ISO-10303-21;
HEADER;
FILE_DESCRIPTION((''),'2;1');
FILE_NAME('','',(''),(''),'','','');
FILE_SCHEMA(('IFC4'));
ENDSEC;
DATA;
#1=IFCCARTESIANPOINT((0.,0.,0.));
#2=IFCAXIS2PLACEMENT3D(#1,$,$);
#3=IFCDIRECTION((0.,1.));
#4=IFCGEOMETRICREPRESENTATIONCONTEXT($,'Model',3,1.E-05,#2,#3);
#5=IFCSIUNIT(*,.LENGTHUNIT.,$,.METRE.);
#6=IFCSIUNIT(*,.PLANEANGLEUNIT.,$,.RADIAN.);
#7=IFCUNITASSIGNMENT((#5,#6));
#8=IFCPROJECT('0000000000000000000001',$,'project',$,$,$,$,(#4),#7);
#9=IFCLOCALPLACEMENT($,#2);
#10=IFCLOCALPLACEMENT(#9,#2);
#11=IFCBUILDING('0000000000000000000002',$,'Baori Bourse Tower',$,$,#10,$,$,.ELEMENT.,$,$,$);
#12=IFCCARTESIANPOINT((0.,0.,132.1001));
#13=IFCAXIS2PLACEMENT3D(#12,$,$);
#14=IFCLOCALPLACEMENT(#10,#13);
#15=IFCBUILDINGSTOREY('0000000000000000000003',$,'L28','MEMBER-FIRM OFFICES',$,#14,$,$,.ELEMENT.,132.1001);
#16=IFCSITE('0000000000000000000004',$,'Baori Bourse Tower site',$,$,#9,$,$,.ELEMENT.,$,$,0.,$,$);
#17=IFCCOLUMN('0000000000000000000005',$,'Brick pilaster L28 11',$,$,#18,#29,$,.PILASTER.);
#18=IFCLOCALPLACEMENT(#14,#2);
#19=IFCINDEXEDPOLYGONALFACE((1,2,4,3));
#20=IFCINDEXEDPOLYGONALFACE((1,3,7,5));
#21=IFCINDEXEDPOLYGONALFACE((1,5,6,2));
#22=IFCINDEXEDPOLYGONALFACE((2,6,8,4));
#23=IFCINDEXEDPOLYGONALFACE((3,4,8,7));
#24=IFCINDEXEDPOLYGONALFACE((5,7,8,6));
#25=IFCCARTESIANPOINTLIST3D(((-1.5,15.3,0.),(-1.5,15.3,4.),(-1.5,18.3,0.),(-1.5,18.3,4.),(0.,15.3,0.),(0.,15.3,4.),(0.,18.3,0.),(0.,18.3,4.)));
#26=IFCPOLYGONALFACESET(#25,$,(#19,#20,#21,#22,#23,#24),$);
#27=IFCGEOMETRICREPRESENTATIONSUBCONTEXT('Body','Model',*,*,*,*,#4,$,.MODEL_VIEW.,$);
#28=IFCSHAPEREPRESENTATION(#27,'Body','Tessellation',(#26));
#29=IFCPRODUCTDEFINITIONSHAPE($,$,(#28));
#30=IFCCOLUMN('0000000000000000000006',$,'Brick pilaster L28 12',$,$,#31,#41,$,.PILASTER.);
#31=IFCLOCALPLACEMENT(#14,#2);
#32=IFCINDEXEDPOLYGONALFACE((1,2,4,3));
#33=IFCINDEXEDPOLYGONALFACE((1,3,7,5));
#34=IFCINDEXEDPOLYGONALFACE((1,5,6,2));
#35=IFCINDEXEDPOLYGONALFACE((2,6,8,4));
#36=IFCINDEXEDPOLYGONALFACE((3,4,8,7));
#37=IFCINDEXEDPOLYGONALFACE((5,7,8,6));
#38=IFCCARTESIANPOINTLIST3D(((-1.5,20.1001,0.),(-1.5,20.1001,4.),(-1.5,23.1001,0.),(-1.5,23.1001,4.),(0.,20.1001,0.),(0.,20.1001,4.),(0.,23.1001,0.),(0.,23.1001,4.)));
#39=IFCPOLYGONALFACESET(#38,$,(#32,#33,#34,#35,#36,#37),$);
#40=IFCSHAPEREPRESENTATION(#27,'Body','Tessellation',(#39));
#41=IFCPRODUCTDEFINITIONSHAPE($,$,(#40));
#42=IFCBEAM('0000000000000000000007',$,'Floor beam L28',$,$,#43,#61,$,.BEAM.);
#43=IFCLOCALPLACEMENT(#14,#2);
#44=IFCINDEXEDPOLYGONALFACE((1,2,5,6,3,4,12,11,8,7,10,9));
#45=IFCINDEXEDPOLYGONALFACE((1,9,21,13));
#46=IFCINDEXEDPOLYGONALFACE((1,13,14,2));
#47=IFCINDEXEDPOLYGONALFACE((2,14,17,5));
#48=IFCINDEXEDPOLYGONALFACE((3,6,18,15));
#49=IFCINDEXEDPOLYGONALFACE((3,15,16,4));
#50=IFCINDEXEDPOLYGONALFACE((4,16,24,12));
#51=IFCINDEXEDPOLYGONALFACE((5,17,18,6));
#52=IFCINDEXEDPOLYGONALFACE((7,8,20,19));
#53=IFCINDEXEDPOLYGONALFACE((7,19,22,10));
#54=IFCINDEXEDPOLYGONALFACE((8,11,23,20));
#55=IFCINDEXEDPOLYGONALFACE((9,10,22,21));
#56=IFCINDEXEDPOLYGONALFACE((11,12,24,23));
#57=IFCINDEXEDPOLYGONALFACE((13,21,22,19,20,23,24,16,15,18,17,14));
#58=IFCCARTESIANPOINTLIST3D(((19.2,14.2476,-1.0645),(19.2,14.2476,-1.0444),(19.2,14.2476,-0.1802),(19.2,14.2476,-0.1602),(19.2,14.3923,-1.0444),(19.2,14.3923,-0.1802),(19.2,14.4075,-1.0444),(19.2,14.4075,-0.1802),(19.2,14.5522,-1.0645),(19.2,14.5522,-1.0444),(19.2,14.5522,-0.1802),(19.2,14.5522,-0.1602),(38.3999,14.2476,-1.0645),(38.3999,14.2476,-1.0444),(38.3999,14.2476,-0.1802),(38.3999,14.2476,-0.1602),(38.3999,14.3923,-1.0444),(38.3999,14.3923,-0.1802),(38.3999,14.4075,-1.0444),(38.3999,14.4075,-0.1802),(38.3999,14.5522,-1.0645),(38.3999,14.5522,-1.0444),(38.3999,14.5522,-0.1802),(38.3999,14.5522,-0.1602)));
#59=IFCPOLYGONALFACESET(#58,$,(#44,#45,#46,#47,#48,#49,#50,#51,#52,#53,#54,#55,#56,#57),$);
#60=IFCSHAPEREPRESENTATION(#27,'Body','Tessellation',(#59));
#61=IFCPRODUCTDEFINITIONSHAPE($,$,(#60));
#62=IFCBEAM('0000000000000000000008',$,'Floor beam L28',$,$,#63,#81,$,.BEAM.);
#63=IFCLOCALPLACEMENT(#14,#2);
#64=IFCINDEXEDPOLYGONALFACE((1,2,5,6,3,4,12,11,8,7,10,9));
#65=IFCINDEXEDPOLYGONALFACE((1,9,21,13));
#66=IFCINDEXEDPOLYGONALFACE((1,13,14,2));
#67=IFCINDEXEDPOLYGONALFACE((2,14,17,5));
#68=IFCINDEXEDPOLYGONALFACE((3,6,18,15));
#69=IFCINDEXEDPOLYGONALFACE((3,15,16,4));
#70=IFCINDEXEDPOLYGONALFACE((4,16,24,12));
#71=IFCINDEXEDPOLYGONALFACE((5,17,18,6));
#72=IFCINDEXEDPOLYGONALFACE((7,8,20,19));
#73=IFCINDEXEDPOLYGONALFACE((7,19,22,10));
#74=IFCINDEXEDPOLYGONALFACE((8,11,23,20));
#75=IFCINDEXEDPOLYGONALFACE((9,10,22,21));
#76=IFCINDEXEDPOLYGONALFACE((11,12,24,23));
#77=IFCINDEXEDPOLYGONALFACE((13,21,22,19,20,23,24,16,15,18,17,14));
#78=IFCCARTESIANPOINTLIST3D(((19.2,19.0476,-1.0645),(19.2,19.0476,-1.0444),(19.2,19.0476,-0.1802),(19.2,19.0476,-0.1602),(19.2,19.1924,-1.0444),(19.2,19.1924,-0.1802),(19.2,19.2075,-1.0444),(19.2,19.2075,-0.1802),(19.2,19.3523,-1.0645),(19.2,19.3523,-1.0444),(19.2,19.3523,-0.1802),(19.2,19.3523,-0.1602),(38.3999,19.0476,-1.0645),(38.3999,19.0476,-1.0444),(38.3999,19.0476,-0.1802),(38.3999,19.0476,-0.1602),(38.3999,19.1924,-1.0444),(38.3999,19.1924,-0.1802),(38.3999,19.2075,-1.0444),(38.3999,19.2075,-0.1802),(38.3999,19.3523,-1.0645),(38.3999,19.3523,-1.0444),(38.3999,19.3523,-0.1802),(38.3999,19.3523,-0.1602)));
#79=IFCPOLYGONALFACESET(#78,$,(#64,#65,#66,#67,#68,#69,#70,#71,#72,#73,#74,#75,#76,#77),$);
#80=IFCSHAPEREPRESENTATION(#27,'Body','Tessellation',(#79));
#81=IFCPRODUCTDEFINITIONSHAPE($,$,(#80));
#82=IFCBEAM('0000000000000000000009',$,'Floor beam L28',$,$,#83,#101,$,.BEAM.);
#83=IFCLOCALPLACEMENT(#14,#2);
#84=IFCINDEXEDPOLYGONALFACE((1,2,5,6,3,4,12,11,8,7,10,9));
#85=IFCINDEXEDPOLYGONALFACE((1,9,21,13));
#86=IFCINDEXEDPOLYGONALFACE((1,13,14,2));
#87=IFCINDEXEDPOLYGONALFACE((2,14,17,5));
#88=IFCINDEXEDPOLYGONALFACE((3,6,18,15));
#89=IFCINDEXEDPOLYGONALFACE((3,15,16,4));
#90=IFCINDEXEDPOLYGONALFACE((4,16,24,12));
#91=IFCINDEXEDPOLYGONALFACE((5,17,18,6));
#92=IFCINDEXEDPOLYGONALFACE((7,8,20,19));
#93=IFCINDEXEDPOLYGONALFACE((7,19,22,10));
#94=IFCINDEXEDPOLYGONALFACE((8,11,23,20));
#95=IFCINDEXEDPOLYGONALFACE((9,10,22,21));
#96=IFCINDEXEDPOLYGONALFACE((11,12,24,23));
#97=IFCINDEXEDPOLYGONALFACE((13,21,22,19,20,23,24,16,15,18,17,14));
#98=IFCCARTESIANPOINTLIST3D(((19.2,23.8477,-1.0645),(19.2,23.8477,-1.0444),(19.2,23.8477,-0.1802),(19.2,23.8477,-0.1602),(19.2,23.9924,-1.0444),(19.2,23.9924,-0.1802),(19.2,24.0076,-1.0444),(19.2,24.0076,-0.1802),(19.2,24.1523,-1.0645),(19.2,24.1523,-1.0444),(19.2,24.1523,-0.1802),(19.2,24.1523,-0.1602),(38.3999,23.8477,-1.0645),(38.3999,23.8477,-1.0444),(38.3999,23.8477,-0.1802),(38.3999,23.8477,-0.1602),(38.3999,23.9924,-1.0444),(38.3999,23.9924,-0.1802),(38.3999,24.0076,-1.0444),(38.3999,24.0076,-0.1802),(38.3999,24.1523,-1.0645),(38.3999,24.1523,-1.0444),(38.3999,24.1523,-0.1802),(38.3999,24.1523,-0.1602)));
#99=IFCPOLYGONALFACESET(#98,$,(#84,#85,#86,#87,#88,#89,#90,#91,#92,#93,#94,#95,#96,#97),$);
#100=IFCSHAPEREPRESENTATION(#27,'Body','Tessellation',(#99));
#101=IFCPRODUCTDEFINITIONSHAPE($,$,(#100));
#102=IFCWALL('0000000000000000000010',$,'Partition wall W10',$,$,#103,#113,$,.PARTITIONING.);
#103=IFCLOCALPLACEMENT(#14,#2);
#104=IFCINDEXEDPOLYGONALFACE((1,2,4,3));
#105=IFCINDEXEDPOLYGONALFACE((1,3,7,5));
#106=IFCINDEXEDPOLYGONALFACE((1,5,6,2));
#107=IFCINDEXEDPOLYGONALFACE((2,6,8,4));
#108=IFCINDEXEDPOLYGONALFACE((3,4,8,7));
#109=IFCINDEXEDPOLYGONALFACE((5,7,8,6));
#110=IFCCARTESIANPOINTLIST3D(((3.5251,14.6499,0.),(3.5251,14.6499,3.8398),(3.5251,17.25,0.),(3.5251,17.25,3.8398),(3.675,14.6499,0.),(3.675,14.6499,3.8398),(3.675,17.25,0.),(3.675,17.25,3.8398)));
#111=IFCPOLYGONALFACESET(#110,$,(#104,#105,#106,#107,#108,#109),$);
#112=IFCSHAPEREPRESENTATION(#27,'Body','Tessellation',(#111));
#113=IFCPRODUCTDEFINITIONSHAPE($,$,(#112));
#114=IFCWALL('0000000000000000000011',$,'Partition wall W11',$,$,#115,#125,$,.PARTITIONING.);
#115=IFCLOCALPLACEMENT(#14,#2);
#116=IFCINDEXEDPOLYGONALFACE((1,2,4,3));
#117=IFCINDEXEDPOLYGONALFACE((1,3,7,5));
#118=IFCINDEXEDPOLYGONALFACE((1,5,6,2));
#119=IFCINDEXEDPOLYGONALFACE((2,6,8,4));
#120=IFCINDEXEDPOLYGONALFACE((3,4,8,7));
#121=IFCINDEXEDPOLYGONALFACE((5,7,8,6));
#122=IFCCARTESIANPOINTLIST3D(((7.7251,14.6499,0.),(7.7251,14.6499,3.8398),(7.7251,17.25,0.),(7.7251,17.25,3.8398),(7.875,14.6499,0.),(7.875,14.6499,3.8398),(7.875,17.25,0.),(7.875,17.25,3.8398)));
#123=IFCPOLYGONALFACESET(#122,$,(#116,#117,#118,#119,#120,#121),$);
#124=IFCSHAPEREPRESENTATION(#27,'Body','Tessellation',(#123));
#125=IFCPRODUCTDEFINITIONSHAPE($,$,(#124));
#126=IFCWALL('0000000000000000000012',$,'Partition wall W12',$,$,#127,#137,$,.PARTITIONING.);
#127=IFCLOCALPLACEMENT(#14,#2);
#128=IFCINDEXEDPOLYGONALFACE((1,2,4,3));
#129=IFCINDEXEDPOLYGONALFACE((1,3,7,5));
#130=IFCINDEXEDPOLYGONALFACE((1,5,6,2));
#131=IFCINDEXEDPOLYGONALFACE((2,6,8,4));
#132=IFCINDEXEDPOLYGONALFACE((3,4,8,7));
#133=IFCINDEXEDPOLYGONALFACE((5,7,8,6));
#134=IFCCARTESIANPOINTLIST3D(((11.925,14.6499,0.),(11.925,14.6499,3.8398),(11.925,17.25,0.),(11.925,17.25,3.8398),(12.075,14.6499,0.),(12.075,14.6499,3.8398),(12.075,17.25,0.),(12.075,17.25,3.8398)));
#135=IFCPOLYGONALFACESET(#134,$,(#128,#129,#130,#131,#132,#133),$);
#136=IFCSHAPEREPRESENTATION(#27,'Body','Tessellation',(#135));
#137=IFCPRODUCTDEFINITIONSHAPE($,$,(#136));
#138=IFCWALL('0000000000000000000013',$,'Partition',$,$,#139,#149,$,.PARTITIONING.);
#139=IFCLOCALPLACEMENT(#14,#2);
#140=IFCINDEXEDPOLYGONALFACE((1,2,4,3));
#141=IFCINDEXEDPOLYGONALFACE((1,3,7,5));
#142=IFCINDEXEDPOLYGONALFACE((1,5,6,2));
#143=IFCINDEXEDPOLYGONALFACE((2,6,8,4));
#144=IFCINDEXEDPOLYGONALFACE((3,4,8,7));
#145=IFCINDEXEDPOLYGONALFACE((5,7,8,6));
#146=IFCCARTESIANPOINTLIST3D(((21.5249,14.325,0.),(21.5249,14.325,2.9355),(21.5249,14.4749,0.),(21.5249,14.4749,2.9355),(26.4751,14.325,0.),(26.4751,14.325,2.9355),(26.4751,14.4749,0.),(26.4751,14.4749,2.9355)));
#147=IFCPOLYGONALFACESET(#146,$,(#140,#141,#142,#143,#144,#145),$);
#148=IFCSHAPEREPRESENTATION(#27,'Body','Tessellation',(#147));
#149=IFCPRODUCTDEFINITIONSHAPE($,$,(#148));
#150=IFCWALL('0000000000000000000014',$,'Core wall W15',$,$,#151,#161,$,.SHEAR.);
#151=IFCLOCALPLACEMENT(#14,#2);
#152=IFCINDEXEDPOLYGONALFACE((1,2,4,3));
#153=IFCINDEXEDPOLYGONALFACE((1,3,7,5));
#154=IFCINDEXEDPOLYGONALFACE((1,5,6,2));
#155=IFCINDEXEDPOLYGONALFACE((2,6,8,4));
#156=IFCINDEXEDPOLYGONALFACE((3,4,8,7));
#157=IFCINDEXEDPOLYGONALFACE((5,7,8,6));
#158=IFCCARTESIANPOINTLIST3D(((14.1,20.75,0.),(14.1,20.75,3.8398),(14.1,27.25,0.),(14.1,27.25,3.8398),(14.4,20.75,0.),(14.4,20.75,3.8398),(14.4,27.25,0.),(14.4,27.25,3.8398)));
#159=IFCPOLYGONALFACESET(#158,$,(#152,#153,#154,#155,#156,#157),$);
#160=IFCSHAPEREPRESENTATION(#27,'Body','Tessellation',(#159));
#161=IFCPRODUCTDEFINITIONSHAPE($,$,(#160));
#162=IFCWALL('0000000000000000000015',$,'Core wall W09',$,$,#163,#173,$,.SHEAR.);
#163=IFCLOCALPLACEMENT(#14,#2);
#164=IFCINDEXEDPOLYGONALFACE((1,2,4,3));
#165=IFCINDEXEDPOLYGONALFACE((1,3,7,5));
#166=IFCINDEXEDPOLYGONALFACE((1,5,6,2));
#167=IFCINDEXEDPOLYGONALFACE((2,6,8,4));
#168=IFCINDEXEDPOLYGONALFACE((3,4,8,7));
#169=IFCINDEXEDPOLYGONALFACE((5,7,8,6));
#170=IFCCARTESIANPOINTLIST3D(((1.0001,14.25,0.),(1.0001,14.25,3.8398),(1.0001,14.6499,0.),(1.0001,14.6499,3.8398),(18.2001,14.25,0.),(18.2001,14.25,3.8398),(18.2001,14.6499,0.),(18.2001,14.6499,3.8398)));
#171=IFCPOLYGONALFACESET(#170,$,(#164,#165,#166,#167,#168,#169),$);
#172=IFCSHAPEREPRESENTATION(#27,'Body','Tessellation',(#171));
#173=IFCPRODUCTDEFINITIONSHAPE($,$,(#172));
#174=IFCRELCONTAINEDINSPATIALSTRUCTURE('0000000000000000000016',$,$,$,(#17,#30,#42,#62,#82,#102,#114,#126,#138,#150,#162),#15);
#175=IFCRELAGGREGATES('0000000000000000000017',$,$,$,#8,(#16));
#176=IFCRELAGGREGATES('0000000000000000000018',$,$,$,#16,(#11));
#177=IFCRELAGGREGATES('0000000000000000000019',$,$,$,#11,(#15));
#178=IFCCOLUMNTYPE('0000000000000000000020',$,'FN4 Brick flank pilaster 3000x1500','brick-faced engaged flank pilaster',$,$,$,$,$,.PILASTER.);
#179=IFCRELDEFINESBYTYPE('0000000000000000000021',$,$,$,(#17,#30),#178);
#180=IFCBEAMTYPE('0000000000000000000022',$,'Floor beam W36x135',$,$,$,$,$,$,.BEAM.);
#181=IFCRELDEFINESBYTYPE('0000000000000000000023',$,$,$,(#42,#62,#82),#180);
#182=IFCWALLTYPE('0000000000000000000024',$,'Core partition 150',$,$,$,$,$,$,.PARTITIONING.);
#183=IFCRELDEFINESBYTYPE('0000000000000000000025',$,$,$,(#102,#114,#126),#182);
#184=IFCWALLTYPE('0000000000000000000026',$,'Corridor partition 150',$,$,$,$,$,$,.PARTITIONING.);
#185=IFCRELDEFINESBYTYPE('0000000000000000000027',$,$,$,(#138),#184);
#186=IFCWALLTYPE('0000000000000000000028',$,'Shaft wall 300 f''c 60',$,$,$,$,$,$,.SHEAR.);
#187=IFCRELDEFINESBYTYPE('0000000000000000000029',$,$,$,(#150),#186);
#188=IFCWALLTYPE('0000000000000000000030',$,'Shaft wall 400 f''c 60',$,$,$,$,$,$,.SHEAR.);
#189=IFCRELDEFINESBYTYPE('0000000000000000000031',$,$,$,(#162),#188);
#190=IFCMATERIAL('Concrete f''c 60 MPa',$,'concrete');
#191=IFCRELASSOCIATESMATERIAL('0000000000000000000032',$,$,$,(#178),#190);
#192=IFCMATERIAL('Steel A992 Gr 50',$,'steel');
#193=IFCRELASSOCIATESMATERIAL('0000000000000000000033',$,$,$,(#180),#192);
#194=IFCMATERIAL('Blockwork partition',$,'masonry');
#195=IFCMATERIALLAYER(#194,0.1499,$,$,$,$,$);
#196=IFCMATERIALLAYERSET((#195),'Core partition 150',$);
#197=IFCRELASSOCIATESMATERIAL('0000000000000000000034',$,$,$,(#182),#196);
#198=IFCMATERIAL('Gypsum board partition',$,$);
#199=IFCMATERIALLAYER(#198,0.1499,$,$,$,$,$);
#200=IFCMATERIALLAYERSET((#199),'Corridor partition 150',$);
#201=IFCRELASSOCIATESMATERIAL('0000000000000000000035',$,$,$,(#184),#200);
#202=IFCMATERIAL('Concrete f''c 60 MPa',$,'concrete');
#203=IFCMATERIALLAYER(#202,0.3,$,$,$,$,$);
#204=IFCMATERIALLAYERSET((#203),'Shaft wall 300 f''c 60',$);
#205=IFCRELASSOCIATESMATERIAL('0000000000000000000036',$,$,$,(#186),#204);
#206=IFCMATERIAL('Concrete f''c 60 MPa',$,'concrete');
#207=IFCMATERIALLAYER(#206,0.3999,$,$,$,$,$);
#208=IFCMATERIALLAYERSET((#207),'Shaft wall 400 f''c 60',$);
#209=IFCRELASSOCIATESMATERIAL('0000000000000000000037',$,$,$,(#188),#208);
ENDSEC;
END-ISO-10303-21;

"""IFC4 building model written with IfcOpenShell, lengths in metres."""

from ifc_helpers import new_model, si_unit, direction, frame, frame_2d, origin, origin_2d, place, context, subcontext, project, spatial, rectangle, i_section, extrude, material, layer, layer_set, material_profile, profile_set, type_object, element, save


model = new_model("IFC4")

# Units and contexts
model_context = context("Model", 3, precision=1e-05, world=origin(), true_north=direction((0.0, 1.0)))
body_context = subcontext(model_context, "Body", "Model", "MODEL_VIEW")
ifc_project = project(units=[si_unit("LENGTHUNIT", "METRE"), si_unit("PLANEANGLEUNIT", "RADIAN")], contexts=[model_context])

# Site, building, storey
site_placement = place(None, origin())
site = spatial("IfcSite", under=ifc_project, at=site_placement, Name="Baori Bourse Tower site", CompositionType="ELEMENT", RefElevation=0.0)
building_placement = place(site_placement, origin())
building = spatial("IfcBuilding", under=site, at=building_placement, Name="Baori Bourse Tower", CompositionType="ELEMENT")
storey_placement = place(building_placement, frame((0.0, 0.0, 132.1001)))
storey = spatial("IfcBuildingStorey", under=building, at=storey_placement, Name="L28", Description="MEMBER-FIRM OFFICES", CompositionType="ELEMENT", Elevation=132.1001)

# Columns
ifc_material_1 = material(Name="Concrete f'c 60 MPa", Category="concrete")
ifc_material_profile_1 = material_profile(ifc_material_1, rectangle(XDim=3.0, YDim=1.5, at=origin_2d()), Name="RC 3000x1500")
ifc_profile_set_1 = profile_set([ifc_material_profile_1], Name="Concrete f'c 60 MPa")
column_type = type_object("IfcColumnType", Name="FN4 Brick flank pilaster 3000x1500", Description="brick-faced engaged flank pilaster", PredefinedType="PILASTER", material=ifc_profile_set_1)
for number, where, z_axis, x_axis, name in (
    (1, (-0.75, 16.8, 0.0), (0.0, 0.0, 1.0), (0.0, 1.0, 0.0), "Brick pilaster L28 11"),
    (2, (-0.75, 21.6001, 0.0), (0.0, 0.0, 1.0), (0.0, 1.0, 0.0), "Brick pilaster L28 12"),
):
    element("IfcColumn", number, at=place(storey_placement, frame(where, z_axis=z_axis, x_axis=x_axis)), inside=storey, type_object=column_type, Name=name, PredefinedType="PILASTER", context=body_context, shape_type="SweptSolid", body=[
        extrude(rectangle(XDim=3.0, YDim=1.5, at=origin_2d()), origin(), (0.0, 0.0, 1.0), 4.0),
    ])

# Beams
ifc_material_2 = material(Name="Steel A992 Gr 50", Category="steel")
ifc_material_profile_2 = material_profile(ifc_material_2, i_section(OverallWidth=0.3047, OverallDepth=0.9043, WebThickness=0.0151, FlangeThickness=0.02, at=origin_2d()), Name="W36x135")
ifc_profile_set_2 = profile_set([ifc_material_profile_2], Name="Steel A992 Gr 50")
beam_type = type_object("IfcBeamType", Name="Floor beam W36x135", PredefinedType="BEAM", material=ifc_profile_set_2)
for number, where, z_axis, x_axis, name in (
    (3, (19.2, 14.3999, -0.6123), (1.0, 0.0, 0.0), (0.0, 1.0, 0.0), "Floor beam L28"),
    (4, (19.2, 19.2, -0.6123), (1.0, 0.0, 0.0), (0.0, 1.0, 0.0), "Floor beam L28"),
    (5, (19.2, 24.0, -0.6123), (1.0, 0.0, 0.0), (0.0, 1.0, 0.0), "Floor beam L28"),
):
    element("IfcBeam", number, at=place(storey_placement, frame(where, z_axis=z_axis, x_axis=x_axis)), inside=storey, type_object=beam_type, Name=name, PredefinedType="BEAM", context=body_context, shape_type="SweptSolid", body=[
        extrude(i_section(OverallWidth=0.3047, OverallDepth=0.9043, WebThickness=0.0151, FlangeThickness=0.02, at=origin_2d()), origin(), (0.0, 0.0, 1.0), 19.2),
    ])

# Walls
ifc_material_3 = material(Name="Blockwork partition", Category="masonry")
ifc_layer_1 = layer(ifc_material_3, 0.1499)
ifc_layer_set_1 = layer_set([ifc_layer_1], Name="Core partition 150")
wall_type_1 = type_object("IfcWallType", Name="Core partition 150", PredefinedType="PARTITIONING", material=ifc_layer_set_1)
for number, where, z_axis, x_axis, name in (
    (6, (3.6001, 14.6499, 0.0), (0.0, 0.0, 1.0), (0.0, 1.0, 0.0), "Partition wall W10"),
    (7, (7.8, 14.6499, 0.0), (0.0, 0.0, 1.0), (0.0, 1.0, 0.0), "Partition wall W11"),
    (8, (12.0, 14.6499, 0.0), (0.0, 0.0, 1.0), (0.0, 1.0, 0.0), "Partition wall W12"),
):
    element("IfcWall", number, at=place(storey_placement, frame(where, z_axis=z_axis, x_axis=x_axis)), inside=storey, type_object=wall_type_1, Name=name, PredefinedType="PARTITIONING", context=body_context, shape_type="SweptSolid", body=[
        extrude(rectangle(XDim=2.6001, YDim=0.1499, at=frame_2d((1.3, 0.0))), origin(), (0.0, 0.0, 1.0), 3.8398),
    ])
ifc_material_4 = material(Name="Gypsum board partition")
ifc_layer_2 = layer(ifc_material_4, 0.1499)
ifc_layer_set_2 = layer_set([ifc_layer_2], Name="Corridor partition 150")
wall_type_2 = type_object("IfcWallType", Name="Corridor partition 150", PredefinedType="PARTITIONING", material=ifc_layer_set_2)
wall_1_placement = place(storey_placement, frame((21.5249, 14.3999, 0.0), z_axis=(0.0, 0.0, 1.0), x_axis=(1.0, 0.0, 0.0)))
element("IfcWall", 9, at=wall_1_placement, inside=storey, type_object=wall_type_2, Name="Partition", PredefinedType="PARTITIONING", context=body_context, shape_type="SweptSolid", body=[
    extrude(rectangle(XDim=4.9502, YDim=0.1499, at=frame_2d((2.4751, 0.0))), origin(), (0.0, 0.0, 1.0), 2.9355),
])
ifc_material_5 = material(Name="Concrete f'c 60 MPa", Category="concrete")
ifc_layer_3 = layer(ifc_material_5, 0.3)
ifc_layer_set_3 = layer_set([ifc_layer_3], Name="Shaft wall 300 f'c 60")
wall_type_3 = type_object("IfcWallType", Name="Shaft wall 300 f'c 60", PredefinedType="SHEAR", material=ifc_layer_set_3)
wall_2_placement = place(storey_placement, frame((14.25, 20.75, 0.0), z_axis=(0.0, 0.0, 1.0), x_axis=(0.0, 1.0, 0.0)))
element("IfcWall", 10, at=wall_2_placement, inside=storey, type_object=wall_type_3, Name="Core wall W15", PredefinedType="SHEAR", context=body_context, shape_type="SweptSolid", body=[
    extrude(rectangle(XDim=6.5, YDim=0.3, at=frame_2d((3.25, 0.0))), origin(), (0.0, 0.0, 1.0), 3.8398),
])
ifc_material_6 = material(Name="Concrete f'c 60 MPa", Category="concrete")
ifc_layer_4 = layer(ifc_material_6, 0.3999)
ifc_layer_set_4 = layer_set([ifc_layer_4], Name="Shaft wall 400 f'c 60")
wall_type_4 = type_object("IfcWallType", Name="Shaft wall 400 f'c 60", PredefinedType="SHEAR", material=ifc_layer_set_4)
wall_3_placement = place(storey_placement, frame((1.0, 14.45, 0.0), z_axis=(0.0, 0.0, 1.0), x_axis=(1.0, 0.0, 0.0)))
element("IfcWall", 11, at=wall_3_placement, inside=storey, type_object=wall_type_4, Name="Core wall W09", PredefinedType="SHEAR", context=body_context, shape_type="SweptSolid", body=[
    extrude(rectangle(XDim=17.2, YDim=0.3999, at=frame_2d((8.6001, 0.0))), origin(), (0.0, 0.0, 1.0), 3.8398),
])

save(model, "model.ifc")
